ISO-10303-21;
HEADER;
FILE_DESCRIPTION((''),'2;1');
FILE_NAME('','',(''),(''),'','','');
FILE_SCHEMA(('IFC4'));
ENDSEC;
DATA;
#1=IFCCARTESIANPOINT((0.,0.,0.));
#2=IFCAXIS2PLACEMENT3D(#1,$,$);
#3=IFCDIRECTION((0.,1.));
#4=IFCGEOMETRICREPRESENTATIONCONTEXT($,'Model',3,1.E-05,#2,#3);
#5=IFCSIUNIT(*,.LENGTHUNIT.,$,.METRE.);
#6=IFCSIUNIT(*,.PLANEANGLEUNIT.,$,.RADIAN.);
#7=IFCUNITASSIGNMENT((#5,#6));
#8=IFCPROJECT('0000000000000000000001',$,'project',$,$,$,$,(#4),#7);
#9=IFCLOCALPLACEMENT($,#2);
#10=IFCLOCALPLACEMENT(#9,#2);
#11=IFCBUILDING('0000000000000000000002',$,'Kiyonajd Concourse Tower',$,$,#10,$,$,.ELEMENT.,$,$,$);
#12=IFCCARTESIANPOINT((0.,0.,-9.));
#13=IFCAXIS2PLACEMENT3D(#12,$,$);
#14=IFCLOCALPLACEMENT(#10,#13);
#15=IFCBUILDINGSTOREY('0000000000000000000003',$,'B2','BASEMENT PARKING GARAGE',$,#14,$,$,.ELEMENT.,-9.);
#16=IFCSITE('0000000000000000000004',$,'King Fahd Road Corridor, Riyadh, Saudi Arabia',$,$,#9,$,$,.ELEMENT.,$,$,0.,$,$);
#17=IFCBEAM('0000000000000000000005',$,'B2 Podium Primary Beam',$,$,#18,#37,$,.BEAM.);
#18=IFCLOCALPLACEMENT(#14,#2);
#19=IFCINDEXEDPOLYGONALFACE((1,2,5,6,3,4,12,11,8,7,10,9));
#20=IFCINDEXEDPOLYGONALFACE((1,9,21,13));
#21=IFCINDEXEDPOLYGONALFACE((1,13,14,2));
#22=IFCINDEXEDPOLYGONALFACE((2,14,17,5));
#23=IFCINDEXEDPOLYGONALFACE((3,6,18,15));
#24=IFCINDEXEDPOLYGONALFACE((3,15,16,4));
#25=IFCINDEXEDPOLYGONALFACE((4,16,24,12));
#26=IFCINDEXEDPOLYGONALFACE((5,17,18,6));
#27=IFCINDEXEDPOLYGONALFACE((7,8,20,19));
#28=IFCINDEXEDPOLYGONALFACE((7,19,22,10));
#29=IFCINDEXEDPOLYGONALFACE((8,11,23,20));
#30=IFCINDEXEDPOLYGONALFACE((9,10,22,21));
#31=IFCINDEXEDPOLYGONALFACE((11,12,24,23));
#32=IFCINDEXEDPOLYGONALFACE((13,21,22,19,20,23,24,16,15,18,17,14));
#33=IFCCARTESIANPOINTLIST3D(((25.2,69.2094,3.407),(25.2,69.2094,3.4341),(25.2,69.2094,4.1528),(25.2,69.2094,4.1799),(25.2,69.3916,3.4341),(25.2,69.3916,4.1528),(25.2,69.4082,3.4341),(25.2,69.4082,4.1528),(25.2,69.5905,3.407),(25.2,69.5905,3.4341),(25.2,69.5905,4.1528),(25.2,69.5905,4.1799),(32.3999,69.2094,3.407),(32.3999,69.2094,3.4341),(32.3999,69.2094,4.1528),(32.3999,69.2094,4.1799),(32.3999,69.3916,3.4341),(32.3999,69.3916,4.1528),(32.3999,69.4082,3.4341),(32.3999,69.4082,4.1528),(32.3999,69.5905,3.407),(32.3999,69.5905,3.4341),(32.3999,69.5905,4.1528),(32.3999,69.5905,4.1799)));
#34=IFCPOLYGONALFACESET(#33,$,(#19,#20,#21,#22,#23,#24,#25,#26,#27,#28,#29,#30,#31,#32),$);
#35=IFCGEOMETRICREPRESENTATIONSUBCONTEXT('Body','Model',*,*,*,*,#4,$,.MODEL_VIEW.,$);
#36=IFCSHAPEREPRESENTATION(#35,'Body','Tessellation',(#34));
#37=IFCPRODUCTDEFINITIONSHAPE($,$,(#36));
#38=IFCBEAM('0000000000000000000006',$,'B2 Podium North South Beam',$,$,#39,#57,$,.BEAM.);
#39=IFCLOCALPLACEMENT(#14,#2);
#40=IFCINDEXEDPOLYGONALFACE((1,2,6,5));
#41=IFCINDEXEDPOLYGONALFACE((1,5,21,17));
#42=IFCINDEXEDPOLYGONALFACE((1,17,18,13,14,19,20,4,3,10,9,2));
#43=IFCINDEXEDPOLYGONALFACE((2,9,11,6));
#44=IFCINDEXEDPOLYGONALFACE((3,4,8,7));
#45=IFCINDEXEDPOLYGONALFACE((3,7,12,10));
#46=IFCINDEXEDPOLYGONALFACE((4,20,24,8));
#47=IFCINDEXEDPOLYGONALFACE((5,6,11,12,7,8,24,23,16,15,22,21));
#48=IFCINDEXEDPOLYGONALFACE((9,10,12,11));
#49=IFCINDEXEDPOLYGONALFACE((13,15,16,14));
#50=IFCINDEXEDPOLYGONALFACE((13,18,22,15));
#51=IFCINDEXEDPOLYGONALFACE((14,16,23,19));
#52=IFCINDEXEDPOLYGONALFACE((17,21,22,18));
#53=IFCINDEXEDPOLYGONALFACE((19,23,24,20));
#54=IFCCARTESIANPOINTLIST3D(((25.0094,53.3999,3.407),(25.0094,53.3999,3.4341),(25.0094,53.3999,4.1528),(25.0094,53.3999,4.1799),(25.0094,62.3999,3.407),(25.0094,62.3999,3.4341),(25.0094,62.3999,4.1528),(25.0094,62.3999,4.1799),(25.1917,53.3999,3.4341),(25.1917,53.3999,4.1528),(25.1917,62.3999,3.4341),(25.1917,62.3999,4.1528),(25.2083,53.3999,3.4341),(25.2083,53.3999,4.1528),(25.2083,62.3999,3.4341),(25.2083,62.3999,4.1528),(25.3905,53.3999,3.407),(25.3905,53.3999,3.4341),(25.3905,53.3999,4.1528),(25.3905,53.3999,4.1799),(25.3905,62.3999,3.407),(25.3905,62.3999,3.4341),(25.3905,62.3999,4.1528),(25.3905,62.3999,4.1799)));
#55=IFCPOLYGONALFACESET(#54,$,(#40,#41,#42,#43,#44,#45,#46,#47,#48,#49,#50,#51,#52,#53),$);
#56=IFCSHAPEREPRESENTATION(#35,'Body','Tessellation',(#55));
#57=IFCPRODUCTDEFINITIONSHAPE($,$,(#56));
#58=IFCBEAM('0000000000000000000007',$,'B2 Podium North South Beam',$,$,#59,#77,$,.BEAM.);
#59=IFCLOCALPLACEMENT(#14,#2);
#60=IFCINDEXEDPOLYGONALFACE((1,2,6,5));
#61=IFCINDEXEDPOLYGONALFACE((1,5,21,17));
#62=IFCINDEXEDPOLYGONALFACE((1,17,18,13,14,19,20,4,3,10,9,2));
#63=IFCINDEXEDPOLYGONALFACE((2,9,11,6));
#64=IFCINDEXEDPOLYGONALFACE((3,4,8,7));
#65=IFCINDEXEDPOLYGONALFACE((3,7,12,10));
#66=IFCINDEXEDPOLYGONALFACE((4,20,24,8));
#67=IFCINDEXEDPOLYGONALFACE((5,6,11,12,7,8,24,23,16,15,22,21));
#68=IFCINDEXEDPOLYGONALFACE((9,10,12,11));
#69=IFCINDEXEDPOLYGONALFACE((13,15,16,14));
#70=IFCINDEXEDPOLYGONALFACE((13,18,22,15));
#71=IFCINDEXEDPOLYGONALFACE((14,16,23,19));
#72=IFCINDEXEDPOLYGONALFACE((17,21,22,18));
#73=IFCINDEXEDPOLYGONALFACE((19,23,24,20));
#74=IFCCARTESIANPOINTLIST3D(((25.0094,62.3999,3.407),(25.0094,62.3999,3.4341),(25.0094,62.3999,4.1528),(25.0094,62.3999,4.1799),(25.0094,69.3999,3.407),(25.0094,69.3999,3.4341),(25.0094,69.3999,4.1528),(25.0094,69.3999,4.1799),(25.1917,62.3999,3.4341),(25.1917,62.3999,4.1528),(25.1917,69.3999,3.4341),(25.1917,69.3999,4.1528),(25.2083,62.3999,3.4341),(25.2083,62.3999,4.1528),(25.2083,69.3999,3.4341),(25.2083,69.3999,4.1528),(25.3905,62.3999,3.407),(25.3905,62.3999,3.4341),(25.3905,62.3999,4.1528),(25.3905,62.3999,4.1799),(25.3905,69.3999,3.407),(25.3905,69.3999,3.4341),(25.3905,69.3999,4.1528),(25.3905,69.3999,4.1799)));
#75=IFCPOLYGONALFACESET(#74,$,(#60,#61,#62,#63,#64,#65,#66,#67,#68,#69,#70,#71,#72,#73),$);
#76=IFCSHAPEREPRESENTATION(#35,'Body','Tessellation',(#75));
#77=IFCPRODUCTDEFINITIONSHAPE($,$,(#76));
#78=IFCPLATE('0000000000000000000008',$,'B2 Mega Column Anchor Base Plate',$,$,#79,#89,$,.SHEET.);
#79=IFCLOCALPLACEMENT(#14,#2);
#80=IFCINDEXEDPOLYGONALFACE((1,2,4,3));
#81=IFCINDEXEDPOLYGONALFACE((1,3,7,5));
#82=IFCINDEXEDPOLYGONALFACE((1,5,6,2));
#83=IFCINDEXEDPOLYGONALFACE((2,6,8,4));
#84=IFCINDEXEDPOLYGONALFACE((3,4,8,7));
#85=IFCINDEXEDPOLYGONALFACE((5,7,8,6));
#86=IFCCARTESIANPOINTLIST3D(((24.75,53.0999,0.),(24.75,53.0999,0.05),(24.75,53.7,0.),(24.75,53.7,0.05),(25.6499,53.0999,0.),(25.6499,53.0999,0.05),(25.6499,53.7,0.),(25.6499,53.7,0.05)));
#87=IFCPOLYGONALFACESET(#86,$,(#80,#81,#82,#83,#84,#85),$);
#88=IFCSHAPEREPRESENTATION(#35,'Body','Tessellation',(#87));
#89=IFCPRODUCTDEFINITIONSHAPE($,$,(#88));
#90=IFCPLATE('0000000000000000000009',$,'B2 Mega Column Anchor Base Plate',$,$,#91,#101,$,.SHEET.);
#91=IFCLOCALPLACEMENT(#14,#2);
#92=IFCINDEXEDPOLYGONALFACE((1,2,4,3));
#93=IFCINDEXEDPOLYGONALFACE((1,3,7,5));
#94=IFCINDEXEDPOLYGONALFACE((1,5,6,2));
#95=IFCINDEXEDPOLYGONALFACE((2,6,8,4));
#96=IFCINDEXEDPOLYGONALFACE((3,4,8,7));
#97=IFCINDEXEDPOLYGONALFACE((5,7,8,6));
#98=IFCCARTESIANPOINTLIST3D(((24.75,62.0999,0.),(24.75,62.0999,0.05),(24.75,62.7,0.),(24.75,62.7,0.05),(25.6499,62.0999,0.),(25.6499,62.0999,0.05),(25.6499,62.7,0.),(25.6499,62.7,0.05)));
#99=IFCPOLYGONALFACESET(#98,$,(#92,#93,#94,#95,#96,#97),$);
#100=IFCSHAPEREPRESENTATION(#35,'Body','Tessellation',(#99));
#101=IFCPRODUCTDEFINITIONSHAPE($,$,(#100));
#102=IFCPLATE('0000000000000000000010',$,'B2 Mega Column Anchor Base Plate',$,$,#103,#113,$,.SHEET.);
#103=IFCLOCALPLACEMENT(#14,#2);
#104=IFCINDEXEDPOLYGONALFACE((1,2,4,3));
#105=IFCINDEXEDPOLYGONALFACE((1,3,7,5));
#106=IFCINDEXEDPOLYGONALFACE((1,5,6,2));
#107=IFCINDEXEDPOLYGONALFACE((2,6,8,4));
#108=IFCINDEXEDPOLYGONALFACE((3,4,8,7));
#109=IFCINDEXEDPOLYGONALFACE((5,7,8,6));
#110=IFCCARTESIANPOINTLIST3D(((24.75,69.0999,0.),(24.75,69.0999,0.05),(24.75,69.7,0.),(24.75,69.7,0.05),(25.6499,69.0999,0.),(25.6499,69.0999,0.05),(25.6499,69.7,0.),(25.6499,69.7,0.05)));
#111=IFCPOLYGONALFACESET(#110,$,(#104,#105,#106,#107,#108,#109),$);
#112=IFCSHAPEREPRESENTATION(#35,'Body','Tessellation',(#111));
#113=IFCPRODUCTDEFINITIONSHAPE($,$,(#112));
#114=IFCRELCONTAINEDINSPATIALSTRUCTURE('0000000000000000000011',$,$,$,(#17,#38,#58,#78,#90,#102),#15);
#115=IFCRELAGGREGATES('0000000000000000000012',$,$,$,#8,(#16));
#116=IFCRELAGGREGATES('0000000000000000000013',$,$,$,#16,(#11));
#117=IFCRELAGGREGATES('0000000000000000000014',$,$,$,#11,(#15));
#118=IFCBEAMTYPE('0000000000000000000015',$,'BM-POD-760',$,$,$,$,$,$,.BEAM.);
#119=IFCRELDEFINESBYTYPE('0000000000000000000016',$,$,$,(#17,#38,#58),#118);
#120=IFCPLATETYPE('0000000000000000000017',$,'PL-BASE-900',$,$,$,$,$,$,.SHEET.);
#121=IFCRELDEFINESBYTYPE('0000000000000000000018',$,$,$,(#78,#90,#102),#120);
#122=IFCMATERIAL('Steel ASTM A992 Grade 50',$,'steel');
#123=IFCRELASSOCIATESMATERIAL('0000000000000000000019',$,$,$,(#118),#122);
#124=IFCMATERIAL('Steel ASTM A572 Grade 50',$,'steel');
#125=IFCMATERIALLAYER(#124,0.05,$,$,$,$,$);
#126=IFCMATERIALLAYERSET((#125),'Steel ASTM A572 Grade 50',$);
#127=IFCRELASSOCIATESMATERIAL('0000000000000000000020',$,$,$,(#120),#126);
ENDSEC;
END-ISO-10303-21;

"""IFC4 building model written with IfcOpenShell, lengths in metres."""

from ifc_helpers import new_model, si_unit, direction, frame, origin, origin_2d, place, context, subcontext, project, spatial, rectangle, i_section, extrude, material, layer, layer_set, material_profile, profile_set, type_object, element, save


model = new_model("IFC4")

# Units and contexts
model_context = context("Model", 3, precision=1e-05, world=origin(), true_north=direction((0.0, 1.0)))
body_context = subcontext(model_context, "Body", "Model", "MODEL_VIEW")
ifc_project = project(units=[si_unit("LENGTHUNIT", "METRE"), si_unit("PLANEANGLEUNIT", "RADIAN")], contexts=[model_context])

# Site, building, storey
site_placement = place(None, origin())
site = spatial("IfcSite", under=ifc_project, at=site_placement, Name="King Fahd Road Corridor, Riyadh, Saudi Arabia", CompositionType="ELEMENT", RefElevation=0.0)
building_placement = place(site_placement, origin())
building = spatial("IfcBuilding", under=site, at=building_placement, Name="Kiyonajd Concourse Tower", CompositionType="ELEMENT")
storey_placement = place(building_placement, frame((0.0, 0.0, -9.0)))
storey = spatial("IfcBuildingStorey", under=building, at=storey_placement, Name="B2", Description="BASEMENT PARKING GARAGE", CompositionType="ELEMENT", Elevation=-9.0)

# Beams
ifc_material_1 = material(Name="Steel ASTM A992 Grade 50", Category="steel")
ifc_material_profile_1 = material_profile(ifc_material_1, i_section(OverallWidth=0.3811, OverallDepth=0.7729, WebThickness=0.0166, FlangeThickness=0.0271, at=origin_2d()), Name="W760X257")
ifc_profile_set_1 = profile_set([ifc_material_profile_1], Name="Steel ASTM A992 Grade 50")
beam_type = type_object("IfcBeamType", Name="BM-POD-760", PredefinedType="BEAM", material=ifc_profile_set_1)
for number, where, z_axis, x_axis, name in (
    (1, (25.2, 69.3999, 3.7935), (1.0, 0.0, 0.0), (0.0, 1.0, 0.0), "B2 Podium Primary Beam"),
):
    element("IfcBeam", number, at=place(storey_placement, frame(where, z_axis=z_axis, x_axis=x_axis)), inside=storey, type_object=beam_type, Name=name, PredefinedType="BEAM", context=body_context, shape_type="SweptSolid", body=[
        extrude(i_section(OverallWidth=0.3811, OverallDepth=0.7729, WebThickness=0.0166, FlangeThickness=0.0271, at=origin_2d()), origin(), (0.0, 0.0, 1.0), 7.2),
    ])
beam_1_placement = place(storey_placement, frame((25.2, 53.3999, 3.7935), z_axis=(0.0, 1.0, 0.0), x_axis=(-1.0, 0.0, 0.0)))
element("IfcBeam", 2, at=beam_1_placement, inside=storey, type_object=beam_type, Name="B2 Podium North South Beam", PredefinedType="BEAM", context=body_context, shape_type="SweptSolid", body=[
    extrude(i_section(OverallWidth=0.3811, OverallDepth=0.7729, WebThickness=0.0166, FlangeThickness=0.0271, at=origin_2d()), origin(), (0.0, 0.0, 1.0), 9.0),
])
beam_2_placement = place(storey_placement, frame((25.2, 62.3999, 3.7935), z_axis=(0.0, 1.0, 0.0), x_axis=(-1.0, 0.0, 0.0)))
element("IfcBeam", 3, at=beam_2_placement, inside=storey, type_object=beam_type, Name="B2 Podium North South Beam", PredefinedType="BEAM", context=body_context, shape_type="SweptSolid", body=[
    extrude(i_section(OverallWidth=0.3811, OverallDepth=0.7729, WebThickness=0.0166, FlangeThickness=0.0271, at=origin_2d()), origin(), (0.0, 0.0, 1.0), 7.0),
])

# Plates
ifc_material_2 = material(Name="Steel ASTM A572 Grade 50", Category="steel")
ifc_layer = layer(ifc_material_2, 0.05)
ifc_layer_set = layer_set([ifc_layer], Name="Steel ASTM A572 Grade 50")
plate_type = type_object("IfcPlateType", Name="PL-BASE-900", PredefinedType="SHEET", material=ifc_layer_set)
for number, where, z_axis, x_axis, name in (
    (4, (25.2, 53.3999, 0.0), (0.0, 0.0, 1.0), (1.0, 0.0, 0.0), "B2 Mega Column Anchor Base Plate"),
    (5, (25.2, 62.3999, 0.0), (0.0, 0.0, 1.0), (1.0, 0.0, 0.0), "B2 Mega Column Anchor Base Plate"),
    (6, (25.2, 69.3999, 0.0), (0.0, 0.0, 1.0), (1.0, 0.0, 0.0), "B2 Mega Column Anchor Base Plate"),
):
    element("IfcPlate", number, at=place(storey_placement, frame(where, z_axis=z_axis, x_axis=x_axis)), inside=storey, type_object=plate_type, Name=name, PredefinedType="SHEET", context=body_context, shape_type="SweptSolid", body=[
        extrude(rectangle(XDim=0.8999, YDim=0.6001, at=origin_2d()), origin(), (0.0, 0.0, 1.0), 0.05),
    ])

save(model, "model.ifc")
